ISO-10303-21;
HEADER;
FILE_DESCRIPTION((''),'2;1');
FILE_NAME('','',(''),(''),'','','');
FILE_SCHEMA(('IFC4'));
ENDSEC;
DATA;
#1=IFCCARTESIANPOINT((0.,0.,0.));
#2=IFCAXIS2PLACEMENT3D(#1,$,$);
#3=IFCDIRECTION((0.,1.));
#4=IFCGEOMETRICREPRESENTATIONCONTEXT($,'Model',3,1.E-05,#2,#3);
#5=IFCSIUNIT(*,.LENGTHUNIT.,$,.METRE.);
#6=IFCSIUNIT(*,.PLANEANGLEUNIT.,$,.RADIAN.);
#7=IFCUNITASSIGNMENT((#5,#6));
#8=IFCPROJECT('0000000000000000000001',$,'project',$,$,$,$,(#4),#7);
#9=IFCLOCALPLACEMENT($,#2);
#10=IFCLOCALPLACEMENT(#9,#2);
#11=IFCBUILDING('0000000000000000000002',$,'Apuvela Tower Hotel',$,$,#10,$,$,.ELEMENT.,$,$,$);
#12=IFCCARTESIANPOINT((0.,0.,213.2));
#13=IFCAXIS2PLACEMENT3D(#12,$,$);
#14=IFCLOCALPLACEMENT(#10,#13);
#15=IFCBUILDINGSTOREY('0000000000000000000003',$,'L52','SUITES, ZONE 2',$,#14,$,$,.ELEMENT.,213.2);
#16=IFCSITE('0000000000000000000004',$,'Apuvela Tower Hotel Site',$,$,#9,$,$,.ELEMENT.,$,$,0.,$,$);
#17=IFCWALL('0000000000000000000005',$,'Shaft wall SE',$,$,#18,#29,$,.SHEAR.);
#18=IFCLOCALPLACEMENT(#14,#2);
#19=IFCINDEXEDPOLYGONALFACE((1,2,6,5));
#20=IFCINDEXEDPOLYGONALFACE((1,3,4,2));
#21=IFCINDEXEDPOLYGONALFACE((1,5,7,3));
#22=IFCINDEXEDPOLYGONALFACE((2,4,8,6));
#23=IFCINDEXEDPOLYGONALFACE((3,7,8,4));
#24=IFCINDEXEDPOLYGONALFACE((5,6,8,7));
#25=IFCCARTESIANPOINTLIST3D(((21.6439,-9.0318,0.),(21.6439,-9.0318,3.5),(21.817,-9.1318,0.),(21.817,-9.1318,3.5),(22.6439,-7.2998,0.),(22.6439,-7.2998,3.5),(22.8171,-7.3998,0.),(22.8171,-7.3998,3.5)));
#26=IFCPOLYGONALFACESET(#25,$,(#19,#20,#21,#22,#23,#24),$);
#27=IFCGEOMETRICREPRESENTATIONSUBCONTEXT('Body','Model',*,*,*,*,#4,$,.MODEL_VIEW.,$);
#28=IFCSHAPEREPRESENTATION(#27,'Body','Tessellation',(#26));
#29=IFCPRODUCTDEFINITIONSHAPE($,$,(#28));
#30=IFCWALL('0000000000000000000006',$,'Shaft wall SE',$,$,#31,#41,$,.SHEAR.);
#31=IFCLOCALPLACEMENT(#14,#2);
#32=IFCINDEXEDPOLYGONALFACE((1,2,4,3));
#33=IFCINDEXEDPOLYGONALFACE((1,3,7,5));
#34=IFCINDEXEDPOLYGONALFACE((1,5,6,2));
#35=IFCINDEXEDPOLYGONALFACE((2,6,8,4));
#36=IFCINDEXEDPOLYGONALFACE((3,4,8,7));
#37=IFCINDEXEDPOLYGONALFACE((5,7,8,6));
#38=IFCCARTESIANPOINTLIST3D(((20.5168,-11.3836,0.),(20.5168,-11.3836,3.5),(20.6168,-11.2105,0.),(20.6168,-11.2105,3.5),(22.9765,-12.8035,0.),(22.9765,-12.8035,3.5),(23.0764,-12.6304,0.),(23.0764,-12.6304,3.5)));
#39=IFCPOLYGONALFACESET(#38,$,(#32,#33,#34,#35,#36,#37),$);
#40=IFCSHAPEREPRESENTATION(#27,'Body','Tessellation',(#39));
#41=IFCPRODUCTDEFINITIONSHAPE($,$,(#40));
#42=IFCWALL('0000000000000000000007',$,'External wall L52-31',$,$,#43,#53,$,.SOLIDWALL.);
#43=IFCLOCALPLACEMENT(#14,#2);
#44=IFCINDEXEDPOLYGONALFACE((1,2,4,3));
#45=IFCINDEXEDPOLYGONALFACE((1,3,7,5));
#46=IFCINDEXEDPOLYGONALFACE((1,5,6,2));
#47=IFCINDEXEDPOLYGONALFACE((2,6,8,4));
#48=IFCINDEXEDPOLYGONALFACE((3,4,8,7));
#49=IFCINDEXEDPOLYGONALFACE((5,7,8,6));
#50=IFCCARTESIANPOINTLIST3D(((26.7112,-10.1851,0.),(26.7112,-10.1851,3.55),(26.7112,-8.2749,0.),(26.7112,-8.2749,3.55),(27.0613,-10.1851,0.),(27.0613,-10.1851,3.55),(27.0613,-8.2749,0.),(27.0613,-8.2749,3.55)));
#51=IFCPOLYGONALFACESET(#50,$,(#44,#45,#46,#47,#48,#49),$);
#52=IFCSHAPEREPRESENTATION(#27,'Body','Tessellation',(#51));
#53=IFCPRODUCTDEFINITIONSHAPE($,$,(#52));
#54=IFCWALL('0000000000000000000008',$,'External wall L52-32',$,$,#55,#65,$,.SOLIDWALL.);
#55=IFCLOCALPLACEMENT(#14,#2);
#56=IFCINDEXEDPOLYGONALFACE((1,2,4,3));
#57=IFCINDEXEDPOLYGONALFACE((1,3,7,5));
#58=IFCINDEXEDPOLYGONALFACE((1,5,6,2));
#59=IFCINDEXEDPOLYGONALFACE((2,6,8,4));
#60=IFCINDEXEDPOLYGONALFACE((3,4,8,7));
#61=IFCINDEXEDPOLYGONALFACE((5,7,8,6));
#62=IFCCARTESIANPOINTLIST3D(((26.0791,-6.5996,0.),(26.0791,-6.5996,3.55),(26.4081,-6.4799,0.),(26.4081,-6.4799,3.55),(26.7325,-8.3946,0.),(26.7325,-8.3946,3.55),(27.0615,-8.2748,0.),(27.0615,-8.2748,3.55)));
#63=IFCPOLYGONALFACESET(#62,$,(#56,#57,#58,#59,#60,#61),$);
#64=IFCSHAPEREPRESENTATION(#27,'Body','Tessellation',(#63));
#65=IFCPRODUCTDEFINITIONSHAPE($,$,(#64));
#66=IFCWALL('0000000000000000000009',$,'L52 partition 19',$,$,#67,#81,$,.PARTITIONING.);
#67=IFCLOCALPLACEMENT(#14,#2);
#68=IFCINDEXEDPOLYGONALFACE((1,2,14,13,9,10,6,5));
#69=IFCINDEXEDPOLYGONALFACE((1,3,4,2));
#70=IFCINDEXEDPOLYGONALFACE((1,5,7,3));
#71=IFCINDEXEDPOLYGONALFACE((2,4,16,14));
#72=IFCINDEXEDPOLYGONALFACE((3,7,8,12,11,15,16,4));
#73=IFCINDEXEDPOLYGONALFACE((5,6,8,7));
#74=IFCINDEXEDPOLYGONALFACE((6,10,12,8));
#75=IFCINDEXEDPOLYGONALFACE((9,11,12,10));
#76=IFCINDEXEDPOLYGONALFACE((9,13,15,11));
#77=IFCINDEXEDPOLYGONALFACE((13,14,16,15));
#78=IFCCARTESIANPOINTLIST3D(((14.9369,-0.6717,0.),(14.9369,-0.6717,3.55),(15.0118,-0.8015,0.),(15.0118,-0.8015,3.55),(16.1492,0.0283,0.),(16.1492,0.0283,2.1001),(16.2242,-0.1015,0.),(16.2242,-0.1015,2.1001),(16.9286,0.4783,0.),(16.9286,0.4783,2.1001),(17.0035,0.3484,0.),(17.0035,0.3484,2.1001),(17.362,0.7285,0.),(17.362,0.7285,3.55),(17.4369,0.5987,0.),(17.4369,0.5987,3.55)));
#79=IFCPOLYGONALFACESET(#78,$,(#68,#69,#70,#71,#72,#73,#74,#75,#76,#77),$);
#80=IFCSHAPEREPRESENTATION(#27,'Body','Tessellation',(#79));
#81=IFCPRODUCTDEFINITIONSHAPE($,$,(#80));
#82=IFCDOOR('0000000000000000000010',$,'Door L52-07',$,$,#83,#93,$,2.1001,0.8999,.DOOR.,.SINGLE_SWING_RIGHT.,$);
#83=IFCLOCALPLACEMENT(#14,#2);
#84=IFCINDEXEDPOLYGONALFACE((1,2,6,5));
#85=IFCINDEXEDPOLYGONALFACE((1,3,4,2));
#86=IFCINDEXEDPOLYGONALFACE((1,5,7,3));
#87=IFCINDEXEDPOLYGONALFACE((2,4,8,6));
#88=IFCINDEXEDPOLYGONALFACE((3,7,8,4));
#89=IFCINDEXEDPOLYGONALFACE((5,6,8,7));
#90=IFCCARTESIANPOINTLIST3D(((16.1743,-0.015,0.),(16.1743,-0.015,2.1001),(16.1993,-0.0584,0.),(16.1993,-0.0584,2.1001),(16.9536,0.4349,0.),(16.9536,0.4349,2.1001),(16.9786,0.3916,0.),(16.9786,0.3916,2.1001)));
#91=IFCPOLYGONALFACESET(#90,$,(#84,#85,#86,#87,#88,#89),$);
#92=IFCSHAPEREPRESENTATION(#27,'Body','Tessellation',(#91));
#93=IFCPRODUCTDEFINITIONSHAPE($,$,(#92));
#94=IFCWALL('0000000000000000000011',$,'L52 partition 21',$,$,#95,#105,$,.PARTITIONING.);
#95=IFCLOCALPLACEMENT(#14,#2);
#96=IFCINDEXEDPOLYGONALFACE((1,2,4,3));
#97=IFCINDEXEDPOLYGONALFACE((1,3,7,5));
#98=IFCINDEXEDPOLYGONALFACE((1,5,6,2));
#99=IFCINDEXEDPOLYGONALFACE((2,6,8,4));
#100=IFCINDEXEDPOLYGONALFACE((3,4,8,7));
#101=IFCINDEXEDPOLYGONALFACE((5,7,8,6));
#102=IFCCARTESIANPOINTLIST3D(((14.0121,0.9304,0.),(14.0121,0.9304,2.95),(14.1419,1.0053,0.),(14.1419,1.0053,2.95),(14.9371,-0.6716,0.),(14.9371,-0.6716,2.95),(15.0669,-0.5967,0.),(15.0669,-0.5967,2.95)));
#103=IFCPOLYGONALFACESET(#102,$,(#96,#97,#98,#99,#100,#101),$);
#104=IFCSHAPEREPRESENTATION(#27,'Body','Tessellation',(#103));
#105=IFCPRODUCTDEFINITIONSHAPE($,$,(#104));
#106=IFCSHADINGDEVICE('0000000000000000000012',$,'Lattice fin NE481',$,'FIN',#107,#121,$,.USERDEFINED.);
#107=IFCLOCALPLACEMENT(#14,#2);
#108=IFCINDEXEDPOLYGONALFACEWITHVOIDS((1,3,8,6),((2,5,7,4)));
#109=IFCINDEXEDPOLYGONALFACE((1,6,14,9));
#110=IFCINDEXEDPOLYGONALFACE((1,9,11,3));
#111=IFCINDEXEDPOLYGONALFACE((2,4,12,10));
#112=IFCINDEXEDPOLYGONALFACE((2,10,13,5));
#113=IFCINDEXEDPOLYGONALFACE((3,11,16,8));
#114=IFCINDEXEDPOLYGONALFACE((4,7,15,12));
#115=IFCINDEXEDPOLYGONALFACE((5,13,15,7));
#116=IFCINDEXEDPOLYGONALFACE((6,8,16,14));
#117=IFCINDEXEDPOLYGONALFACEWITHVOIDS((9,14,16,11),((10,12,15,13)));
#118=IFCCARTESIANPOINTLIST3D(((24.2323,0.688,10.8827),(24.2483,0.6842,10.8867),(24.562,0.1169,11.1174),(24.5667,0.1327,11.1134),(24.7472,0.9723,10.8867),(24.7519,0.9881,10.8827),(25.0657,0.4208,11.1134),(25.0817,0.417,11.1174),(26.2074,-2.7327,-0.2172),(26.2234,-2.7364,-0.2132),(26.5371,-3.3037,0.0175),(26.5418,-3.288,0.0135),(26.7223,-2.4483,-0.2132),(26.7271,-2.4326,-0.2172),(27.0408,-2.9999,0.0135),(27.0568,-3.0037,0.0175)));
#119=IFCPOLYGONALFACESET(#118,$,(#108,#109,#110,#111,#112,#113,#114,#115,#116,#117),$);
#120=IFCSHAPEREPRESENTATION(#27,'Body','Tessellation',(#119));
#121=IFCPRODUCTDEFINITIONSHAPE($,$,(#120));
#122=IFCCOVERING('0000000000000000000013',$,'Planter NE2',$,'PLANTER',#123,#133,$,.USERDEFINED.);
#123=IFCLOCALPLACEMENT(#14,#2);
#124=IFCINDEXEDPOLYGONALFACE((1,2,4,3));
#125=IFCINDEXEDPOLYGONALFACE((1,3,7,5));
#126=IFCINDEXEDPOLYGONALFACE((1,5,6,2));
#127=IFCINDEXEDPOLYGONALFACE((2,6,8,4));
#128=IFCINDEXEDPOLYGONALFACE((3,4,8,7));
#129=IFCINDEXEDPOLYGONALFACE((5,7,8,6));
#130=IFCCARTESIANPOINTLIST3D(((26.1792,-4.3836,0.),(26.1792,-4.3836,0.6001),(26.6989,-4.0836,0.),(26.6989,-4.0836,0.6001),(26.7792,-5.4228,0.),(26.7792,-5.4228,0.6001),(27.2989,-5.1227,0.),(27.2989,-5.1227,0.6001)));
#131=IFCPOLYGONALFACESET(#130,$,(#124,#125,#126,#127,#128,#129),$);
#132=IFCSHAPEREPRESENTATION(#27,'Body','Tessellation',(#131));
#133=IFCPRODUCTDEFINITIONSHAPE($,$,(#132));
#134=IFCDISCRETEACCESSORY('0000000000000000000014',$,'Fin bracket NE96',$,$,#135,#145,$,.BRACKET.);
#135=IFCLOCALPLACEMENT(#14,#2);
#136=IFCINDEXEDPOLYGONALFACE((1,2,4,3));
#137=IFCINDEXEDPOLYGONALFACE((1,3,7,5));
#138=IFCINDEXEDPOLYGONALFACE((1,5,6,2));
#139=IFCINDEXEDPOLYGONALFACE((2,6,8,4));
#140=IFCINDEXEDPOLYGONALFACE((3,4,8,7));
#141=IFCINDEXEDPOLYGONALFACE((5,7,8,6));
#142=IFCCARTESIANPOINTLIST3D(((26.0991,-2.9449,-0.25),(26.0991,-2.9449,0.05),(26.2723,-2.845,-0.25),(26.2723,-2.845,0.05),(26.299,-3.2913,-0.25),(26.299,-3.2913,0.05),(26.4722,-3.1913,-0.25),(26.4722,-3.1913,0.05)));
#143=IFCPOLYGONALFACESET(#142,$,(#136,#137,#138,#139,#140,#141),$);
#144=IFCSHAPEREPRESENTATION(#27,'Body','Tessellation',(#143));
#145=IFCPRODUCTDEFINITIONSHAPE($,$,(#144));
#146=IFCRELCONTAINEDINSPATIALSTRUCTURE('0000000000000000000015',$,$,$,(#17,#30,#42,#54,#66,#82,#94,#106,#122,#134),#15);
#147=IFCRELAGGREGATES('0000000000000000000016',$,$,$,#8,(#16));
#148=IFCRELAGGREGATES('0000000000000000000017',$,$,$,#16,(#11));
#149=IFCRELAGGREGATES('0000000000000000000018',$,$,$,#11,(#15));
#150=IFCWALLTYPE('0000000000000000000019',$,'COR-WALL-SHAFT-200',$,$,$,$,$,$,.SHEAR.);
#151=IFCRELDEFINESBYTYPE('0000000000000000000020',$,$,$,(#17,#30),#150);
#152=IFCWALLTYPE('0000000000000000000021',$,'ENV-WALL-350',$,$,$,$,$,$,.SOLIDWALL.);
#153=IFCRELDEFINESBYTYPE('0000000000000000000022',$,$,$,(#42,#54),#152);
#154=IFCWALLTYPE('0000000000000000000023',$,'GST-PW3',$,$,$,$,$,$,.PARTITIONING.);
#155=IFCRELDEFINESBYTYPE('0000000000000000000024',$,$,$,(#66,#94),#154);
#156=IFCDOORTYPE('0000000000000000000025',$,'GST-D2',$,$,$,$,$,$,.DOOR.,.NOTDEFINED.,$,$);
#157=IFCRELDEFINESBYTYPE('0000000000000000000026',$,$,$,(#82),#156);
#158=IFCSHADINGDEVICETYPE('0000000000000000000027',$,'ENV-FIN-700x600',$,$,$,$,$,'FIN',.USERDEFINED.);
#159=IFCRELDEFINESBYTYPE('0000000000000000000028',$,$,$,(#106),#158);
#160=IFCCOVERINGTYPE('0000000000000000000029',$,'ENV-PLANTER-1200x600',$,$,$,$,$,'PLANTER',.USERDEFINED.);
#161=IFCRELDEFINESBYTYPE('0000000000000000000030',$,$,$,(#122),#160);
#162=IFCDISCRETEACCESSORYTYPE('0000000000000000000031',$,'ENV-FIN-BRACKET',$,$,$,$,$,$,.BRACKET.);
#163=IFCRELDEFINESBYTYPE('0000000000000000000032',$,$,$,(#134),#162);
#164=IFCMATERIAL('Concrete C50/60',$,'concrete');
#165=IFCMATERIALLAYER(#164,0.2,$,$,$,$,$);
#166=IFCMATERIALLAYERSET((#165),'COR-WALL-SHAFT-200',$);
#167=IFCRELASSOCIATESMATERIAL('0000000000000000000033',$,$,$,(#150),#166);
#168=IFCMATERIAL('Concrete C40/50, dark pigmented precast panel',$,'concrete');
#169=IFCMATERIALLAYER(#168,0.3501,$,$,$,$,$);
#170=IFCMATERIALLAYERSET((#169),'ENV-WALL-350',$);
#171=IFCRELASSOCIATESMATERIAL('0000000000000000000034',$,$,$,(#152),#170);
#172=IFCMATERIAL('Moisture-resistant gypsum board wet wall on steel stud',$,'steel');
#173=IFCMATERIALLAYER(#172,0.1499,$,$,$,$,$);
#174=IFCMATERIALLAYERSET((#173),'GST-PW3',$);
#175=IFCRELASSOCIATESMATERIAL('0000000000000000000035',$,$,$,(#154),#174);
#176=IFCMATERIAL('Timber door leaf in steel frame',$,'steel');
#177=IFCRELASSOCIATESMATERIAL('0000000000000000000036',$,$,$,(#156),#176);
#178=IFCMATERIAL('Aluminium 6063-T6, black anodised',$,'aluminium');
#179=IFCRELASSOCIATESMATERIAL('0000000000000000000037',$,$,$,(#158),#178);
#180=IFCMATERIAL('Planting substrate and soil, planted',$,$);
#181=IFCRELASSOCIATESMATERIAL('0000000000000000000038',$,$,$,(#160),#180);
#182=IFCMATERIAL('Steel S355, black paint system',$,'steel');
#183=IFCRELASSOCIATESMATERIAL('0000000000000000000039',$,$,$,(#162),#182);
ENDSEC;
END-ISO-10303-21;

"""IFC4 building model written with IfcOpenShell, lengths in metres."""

from ifc_helpers import new_model, si_unit, direction, frame, frame_2d, origin, origin_2d, place, context, subcontext, project, spatial, rectangle, hollow_rectangle, extrude, material, layer, layer_set, material_profile, profile_set, type_object, element, fill, save


model = new_model("IFC4")

# Units and contexts
model_context = context("Model", 3, precision=1e-05, world=origin(), true_north=direction((0.0, 1.0)))
body_context = subcontext(model_context, "Body", "Model", "MODEL_VIEW")
ifc_project = project(units=[si_unit("LENGTHUNIT", "METRE"), si_unit("PLANEANGLEUNIT", "RADIAN")], contexts=[model_context])

# Site, building, storey
site_placement = place(None, origin())
site = spatial("IfcSite", under=ifc_project, at=site_placement, Name="Apuvela Tower Hotel Site", CompositionType="ELEMENT", RefElevation=0.0)
building_placement = place(site_placement, origin())
building = spatial("IfcBuilding", under=site, at=building_placement, Name="Apuvela Tower Hotel", CompositionType="ELEMENT")
storey_placement = place(building_placement, frame((0.0, 0.0, 213.2)))
storey = spatial("IfcBuildingStorey", under=building, at=storey_placement, Name="L52", Description="SUITES, ZONE 2", CompositionType="ELEMENT", Elevation=213.2)

# Walls
ifc_material_1 = material(Name="Concrete C50/60", Category="concrete")
ifc_layer_1 = layer(ifc_material_1, 0.2)
ifc_layer_set_1 = layer_set([ifc_layer_1], Name="COR-WALL-SHAFT-200")
wall_type_1 = type_object("IfcWallType", Name="COR-WALL-SHAFT-200", PredefinedType="SHEAR", material=ifc_layer_set_1)
wall_1_placement = place(storey_placement, frame((21.7305, -9.0818, 0.0), z_axis=(0.0, 0.0, 1.0), x_axis=(0.500025, 0.866011, 0.0)))
element("IfcWall", 1, at=wall_1_placement, inside=storey, type_object=wall_type_1, Name="Shaft wall SE", PredefinedType="SHEAR", context=body_context, shape_type="SweptSolid", body=[
    extrude(rectangle(XDim=2.0, YDim=0.2, at=frame_2d((1.0, 0.0))), origin(), (0.0, 0.0, 1.0), 3.5),
])
wall_2_placement = place(storey_placement, frame((20.5669, -11.2971, 0.0), z_axis=(0.0, 0.0, 1.0), x_axis=(0.866055, -0.499948, 0.0)))
element("IfcWall", 2, at=wall_2_placement, inside=storey, type_object=wall_type_1, Name="Shaft wall SE", PredefinedType="SHEAR", context=body_context, shape_type="SweptSolid", body=[
    extrude(rectangle(XDim=2.8401, YDim=0.2, at=frame_2d((1.4199, 0.0))), origin(), (0.0, 0.0, 1.0), 3.5),
])
ifc_material_2 = material(Name="Concrete C40/50, dark pigmented precast panel", Category="concrete")
ifc_layer_2 = layer(ifc_material_2, 0.3501)
ifc_layer_set_2 = layer_set([ifc_layer_2], Name="ENV-WALL-350")
wall_type_2 = type_object("IfcWallType", Name="ENV-WALL-350", PredefinedType="SOLIDWALL", material=ifc_layer_set_2)
for number, where, z_axis, x_axis, name in (
    (3, (26.8862, -10.1851, 0.0), (0.0, 0.0, 1.0), (0.0, 1.0, 0.0), "External wall L52-31"),
    (4, (26.897, -8.3347, 0.0), (0.0, 0.0, 1.0), (-0.34203, 0.939689, 0.0), "External wall L52-32"),
):
    element("IfcWall", number, at=place(storey_placement, frame(where, z_axis=z_axis, x_axis=x_axis)), inside=storey, type_object=wall_type_2, Name=name, PredefinedType="SOLIDWALL", context=body_context, shape_type="SweptSolid", body=[
        extrude(rectangle(XDim=1.9102, YDim=0.3501, at=frame_2d((0.9551, 0.0))), origin(), (0.0, 0.0, 1.0), 3.55),
    ])

# Wall, opening, door
ifc_material_3 = material(Name="Moisture-resistant gypsum board wet wall on steel stud", Category="steel")
ifc_layer_3 = layer(ifc_material_3, 0.1499)
ifc_layer_set_3 = layer_set([ifc_layer_3], Name="GST-PW3")
wall_type_3 = type_object("IfcWallType", Name="GST-PW3", PredefinedType="PARTITIONING", material=ifc_layer_set_3)
wall_3_placement = place(storey_placement, frame((14.9744, -0.7366, 0.0), z_axis=(0.0, 0.0, 1.0), x_axis=(0.866019, 0.500012, 0.0)))
wall_3 = element("IfcWall", 5, at=wall_3_placement, inside=storey, type_object=wall_type_3, Name="L52 partition 19", PredefinedType="PARTITIONING", context=body_context, shape_type="SweptSolid", body=[
    extrude(rectangle(XDim=2.8003, YDim=0.1499, at=frame_2d((1.4001, 0.0))), origin(), (0.0, 0.0, 1.0), 3.55),
])
opening_1_placement = place(wall_3_placement, frame((1.3999, 0.0, 0.0)))
opening_1 = element("IfcOpeningElement", 6, at=opening_1_placement, cuts=wall_3, PredefinedType="OPENING", context=body_context, shape_type="SweptSolid", body=[
    extrude(rectangle(XDim=0.8999, YDim=2.1001, at=frame_2d((0.45, 1.05))), frame((0.0, 0.085, 0.0), z_axis=(0.0, -1.0, 0.0), x_axis=(1.0, 0.0, 0.0)), (0.0, 0.0, 1.0), 0.1699),
])
ifc_material_4 = material(Name="Timber door leaf in steel frame", Category="steel")
door_type_1 = type_object("IfcDoorType", Name="GST-D2", OperationType="NOTDEFINED", PredefinedType="DOOR", material=ifc_material_4)
door_1_placement = place(opening_1_placement, origin())
door_1 = element("IfcDoor", 7, at=door_1_placement, inside=storey, type_object=door_type_1, Name="Door L52-07", OperationType="SINGLE_SWING_RIGHT", OverallHeight=2.1001, OverallWidth=0.8999, PredefinedType="DOOR", context=body_context, shape_type="SweptSolid", body=[
    extrude(rectangle(XDim=0.8999, YDim=2.1001, at=frame_2d((0.45, 1.05))), frame((0.0, 0.0249, 0.0), z_axis=(0.0, -1.0, 0.0), x_axis=(1.0, 0.0, 0.0)), (0.0, 0.0, 1.0), 0.05),
])
fill(opening_1, door_1)

# Wall
wall_4_placement = place(storey_placement, frame((15.002, -0.634, 0.0), z_axis=(0.0, 0.0, 1.0), x_axis=(-0.500042, 0.866001, 0.0)))
element("IfcWall", 8, at=wall_4_placement, inside=storey, type_object=wall_type_3, Name="L52 partition 21", PredefinedType="PARTITIONING", context=body_context, shape_type="SweptSolid", body=[
    extrude(rectangle(XDim=1.8499, YDim=0.1499, at=frame_2d((0.9248, 0.0))), origin(), (0.0, 0.0, 1.0), 2.95),
])

# Shading device
ifc_material_5 = material(Name="Aluminium 6063-T6, black anodised", Category="aluminium")
ifc_material_profile_1 = material_profile(ifc_material_5, hollow_rectangle(XDim=0.6001, YDim=0.7, WallThickness=0.012, at=origin_2d()), Name="AL BOX 700x600x12")
ifc_profile_set_1 = profile_set([ifc_material_profile_1], Name="Aluminium 6063-T6, black anodised")
shading_device_type = type_object("IfcShadingDeviceType", Name="ENV-FIN-700x600", ElementType="FIN", PredefinedType="USERDEFINED", material=ifc_profile_set_1)
shading_device_placement = place(storey_placement, frame((26.6321, -2.8682, -0.0999), z_axis=(-0.167641, 0.290336, 0.942126), x_axis=(-0.866005, -0.500035, 0.0)))
element("IfcShadingDevice", 9, at=shading_device_placement, inside=storey, type_object=shading_device_type, Name="Lattice fin NE481", ObjectType="FIN", PredefinedType="USERDEFINED", context=body_context, shape_type="SweptSolid", body=[
    extrude(hollow_rectangle(XDim=0.6001, YDim=0.7, WallThickness=0.012, at=origin_2d()), origin(), (0.0, 0.0, 1.0), 11.7817),
])

# Covering
ifc_material_6 = material(Name="Planting substrate and soil, planted")
covering_type = type_object("IfcCoveringType", Name="ENV-PLANTER-1200x600", ElementType="PLANTER", PredefinedType="USERDEFINED", material=ifc_material_6)
covering_placement = place(storey_placement, frame((26.739, -4.7532, 0.0), z_axis=(0.0, 0.0, 1.0), x_axis=(-0.5, 0.866025, 0.0)))
element("IfcCovering", 10, at=covering_placement, inside=storey, type_object=covering_type, Name="Planter NE2", ObjectType="PLANTER", PredefinedType="USERDEFINED", context=body_context, shape_type="SweptSolid", body=[
    extrude(rectangle(XDim=1.2, YDim=0.6001, at=origin_2d()), origin(), (0.0, 0.0, 1.0), 0.6001),
])

# Discrete accessory
ifc_material_7 = material(Name="Steel S355, black paint system", Category="steel")
discrete_accessory_type = type_object("IfcDiscreteAccessoryType", Name="ENV-FIN-BRACKET", PredefinedType="BRACKET", material=ifc_material_7)
discrete_accessory_placement = place(storey_placement, frame((26.2856, -3.0681, -0.25), z_axis=(0.0, 0.0, 1.0), x_axis=(-0.5, 0.866025, 0.0)))
element("IfcDiscreteAccessory", 11, at=discrete_accessory_placement, inside=storey, type_object=discrete_accessory_type, Name="Fin bracket NE96", PredefinedType="BRACKET", context=body_context, shape_type="SweptSolid", body=[
    extrude(rectangle(XDim=0.3999, YDim=0.2, at=origin_2d()), origin(), (0.0, 0.0, 1.0), 0.3),
])

save(model, "model.ifc")
